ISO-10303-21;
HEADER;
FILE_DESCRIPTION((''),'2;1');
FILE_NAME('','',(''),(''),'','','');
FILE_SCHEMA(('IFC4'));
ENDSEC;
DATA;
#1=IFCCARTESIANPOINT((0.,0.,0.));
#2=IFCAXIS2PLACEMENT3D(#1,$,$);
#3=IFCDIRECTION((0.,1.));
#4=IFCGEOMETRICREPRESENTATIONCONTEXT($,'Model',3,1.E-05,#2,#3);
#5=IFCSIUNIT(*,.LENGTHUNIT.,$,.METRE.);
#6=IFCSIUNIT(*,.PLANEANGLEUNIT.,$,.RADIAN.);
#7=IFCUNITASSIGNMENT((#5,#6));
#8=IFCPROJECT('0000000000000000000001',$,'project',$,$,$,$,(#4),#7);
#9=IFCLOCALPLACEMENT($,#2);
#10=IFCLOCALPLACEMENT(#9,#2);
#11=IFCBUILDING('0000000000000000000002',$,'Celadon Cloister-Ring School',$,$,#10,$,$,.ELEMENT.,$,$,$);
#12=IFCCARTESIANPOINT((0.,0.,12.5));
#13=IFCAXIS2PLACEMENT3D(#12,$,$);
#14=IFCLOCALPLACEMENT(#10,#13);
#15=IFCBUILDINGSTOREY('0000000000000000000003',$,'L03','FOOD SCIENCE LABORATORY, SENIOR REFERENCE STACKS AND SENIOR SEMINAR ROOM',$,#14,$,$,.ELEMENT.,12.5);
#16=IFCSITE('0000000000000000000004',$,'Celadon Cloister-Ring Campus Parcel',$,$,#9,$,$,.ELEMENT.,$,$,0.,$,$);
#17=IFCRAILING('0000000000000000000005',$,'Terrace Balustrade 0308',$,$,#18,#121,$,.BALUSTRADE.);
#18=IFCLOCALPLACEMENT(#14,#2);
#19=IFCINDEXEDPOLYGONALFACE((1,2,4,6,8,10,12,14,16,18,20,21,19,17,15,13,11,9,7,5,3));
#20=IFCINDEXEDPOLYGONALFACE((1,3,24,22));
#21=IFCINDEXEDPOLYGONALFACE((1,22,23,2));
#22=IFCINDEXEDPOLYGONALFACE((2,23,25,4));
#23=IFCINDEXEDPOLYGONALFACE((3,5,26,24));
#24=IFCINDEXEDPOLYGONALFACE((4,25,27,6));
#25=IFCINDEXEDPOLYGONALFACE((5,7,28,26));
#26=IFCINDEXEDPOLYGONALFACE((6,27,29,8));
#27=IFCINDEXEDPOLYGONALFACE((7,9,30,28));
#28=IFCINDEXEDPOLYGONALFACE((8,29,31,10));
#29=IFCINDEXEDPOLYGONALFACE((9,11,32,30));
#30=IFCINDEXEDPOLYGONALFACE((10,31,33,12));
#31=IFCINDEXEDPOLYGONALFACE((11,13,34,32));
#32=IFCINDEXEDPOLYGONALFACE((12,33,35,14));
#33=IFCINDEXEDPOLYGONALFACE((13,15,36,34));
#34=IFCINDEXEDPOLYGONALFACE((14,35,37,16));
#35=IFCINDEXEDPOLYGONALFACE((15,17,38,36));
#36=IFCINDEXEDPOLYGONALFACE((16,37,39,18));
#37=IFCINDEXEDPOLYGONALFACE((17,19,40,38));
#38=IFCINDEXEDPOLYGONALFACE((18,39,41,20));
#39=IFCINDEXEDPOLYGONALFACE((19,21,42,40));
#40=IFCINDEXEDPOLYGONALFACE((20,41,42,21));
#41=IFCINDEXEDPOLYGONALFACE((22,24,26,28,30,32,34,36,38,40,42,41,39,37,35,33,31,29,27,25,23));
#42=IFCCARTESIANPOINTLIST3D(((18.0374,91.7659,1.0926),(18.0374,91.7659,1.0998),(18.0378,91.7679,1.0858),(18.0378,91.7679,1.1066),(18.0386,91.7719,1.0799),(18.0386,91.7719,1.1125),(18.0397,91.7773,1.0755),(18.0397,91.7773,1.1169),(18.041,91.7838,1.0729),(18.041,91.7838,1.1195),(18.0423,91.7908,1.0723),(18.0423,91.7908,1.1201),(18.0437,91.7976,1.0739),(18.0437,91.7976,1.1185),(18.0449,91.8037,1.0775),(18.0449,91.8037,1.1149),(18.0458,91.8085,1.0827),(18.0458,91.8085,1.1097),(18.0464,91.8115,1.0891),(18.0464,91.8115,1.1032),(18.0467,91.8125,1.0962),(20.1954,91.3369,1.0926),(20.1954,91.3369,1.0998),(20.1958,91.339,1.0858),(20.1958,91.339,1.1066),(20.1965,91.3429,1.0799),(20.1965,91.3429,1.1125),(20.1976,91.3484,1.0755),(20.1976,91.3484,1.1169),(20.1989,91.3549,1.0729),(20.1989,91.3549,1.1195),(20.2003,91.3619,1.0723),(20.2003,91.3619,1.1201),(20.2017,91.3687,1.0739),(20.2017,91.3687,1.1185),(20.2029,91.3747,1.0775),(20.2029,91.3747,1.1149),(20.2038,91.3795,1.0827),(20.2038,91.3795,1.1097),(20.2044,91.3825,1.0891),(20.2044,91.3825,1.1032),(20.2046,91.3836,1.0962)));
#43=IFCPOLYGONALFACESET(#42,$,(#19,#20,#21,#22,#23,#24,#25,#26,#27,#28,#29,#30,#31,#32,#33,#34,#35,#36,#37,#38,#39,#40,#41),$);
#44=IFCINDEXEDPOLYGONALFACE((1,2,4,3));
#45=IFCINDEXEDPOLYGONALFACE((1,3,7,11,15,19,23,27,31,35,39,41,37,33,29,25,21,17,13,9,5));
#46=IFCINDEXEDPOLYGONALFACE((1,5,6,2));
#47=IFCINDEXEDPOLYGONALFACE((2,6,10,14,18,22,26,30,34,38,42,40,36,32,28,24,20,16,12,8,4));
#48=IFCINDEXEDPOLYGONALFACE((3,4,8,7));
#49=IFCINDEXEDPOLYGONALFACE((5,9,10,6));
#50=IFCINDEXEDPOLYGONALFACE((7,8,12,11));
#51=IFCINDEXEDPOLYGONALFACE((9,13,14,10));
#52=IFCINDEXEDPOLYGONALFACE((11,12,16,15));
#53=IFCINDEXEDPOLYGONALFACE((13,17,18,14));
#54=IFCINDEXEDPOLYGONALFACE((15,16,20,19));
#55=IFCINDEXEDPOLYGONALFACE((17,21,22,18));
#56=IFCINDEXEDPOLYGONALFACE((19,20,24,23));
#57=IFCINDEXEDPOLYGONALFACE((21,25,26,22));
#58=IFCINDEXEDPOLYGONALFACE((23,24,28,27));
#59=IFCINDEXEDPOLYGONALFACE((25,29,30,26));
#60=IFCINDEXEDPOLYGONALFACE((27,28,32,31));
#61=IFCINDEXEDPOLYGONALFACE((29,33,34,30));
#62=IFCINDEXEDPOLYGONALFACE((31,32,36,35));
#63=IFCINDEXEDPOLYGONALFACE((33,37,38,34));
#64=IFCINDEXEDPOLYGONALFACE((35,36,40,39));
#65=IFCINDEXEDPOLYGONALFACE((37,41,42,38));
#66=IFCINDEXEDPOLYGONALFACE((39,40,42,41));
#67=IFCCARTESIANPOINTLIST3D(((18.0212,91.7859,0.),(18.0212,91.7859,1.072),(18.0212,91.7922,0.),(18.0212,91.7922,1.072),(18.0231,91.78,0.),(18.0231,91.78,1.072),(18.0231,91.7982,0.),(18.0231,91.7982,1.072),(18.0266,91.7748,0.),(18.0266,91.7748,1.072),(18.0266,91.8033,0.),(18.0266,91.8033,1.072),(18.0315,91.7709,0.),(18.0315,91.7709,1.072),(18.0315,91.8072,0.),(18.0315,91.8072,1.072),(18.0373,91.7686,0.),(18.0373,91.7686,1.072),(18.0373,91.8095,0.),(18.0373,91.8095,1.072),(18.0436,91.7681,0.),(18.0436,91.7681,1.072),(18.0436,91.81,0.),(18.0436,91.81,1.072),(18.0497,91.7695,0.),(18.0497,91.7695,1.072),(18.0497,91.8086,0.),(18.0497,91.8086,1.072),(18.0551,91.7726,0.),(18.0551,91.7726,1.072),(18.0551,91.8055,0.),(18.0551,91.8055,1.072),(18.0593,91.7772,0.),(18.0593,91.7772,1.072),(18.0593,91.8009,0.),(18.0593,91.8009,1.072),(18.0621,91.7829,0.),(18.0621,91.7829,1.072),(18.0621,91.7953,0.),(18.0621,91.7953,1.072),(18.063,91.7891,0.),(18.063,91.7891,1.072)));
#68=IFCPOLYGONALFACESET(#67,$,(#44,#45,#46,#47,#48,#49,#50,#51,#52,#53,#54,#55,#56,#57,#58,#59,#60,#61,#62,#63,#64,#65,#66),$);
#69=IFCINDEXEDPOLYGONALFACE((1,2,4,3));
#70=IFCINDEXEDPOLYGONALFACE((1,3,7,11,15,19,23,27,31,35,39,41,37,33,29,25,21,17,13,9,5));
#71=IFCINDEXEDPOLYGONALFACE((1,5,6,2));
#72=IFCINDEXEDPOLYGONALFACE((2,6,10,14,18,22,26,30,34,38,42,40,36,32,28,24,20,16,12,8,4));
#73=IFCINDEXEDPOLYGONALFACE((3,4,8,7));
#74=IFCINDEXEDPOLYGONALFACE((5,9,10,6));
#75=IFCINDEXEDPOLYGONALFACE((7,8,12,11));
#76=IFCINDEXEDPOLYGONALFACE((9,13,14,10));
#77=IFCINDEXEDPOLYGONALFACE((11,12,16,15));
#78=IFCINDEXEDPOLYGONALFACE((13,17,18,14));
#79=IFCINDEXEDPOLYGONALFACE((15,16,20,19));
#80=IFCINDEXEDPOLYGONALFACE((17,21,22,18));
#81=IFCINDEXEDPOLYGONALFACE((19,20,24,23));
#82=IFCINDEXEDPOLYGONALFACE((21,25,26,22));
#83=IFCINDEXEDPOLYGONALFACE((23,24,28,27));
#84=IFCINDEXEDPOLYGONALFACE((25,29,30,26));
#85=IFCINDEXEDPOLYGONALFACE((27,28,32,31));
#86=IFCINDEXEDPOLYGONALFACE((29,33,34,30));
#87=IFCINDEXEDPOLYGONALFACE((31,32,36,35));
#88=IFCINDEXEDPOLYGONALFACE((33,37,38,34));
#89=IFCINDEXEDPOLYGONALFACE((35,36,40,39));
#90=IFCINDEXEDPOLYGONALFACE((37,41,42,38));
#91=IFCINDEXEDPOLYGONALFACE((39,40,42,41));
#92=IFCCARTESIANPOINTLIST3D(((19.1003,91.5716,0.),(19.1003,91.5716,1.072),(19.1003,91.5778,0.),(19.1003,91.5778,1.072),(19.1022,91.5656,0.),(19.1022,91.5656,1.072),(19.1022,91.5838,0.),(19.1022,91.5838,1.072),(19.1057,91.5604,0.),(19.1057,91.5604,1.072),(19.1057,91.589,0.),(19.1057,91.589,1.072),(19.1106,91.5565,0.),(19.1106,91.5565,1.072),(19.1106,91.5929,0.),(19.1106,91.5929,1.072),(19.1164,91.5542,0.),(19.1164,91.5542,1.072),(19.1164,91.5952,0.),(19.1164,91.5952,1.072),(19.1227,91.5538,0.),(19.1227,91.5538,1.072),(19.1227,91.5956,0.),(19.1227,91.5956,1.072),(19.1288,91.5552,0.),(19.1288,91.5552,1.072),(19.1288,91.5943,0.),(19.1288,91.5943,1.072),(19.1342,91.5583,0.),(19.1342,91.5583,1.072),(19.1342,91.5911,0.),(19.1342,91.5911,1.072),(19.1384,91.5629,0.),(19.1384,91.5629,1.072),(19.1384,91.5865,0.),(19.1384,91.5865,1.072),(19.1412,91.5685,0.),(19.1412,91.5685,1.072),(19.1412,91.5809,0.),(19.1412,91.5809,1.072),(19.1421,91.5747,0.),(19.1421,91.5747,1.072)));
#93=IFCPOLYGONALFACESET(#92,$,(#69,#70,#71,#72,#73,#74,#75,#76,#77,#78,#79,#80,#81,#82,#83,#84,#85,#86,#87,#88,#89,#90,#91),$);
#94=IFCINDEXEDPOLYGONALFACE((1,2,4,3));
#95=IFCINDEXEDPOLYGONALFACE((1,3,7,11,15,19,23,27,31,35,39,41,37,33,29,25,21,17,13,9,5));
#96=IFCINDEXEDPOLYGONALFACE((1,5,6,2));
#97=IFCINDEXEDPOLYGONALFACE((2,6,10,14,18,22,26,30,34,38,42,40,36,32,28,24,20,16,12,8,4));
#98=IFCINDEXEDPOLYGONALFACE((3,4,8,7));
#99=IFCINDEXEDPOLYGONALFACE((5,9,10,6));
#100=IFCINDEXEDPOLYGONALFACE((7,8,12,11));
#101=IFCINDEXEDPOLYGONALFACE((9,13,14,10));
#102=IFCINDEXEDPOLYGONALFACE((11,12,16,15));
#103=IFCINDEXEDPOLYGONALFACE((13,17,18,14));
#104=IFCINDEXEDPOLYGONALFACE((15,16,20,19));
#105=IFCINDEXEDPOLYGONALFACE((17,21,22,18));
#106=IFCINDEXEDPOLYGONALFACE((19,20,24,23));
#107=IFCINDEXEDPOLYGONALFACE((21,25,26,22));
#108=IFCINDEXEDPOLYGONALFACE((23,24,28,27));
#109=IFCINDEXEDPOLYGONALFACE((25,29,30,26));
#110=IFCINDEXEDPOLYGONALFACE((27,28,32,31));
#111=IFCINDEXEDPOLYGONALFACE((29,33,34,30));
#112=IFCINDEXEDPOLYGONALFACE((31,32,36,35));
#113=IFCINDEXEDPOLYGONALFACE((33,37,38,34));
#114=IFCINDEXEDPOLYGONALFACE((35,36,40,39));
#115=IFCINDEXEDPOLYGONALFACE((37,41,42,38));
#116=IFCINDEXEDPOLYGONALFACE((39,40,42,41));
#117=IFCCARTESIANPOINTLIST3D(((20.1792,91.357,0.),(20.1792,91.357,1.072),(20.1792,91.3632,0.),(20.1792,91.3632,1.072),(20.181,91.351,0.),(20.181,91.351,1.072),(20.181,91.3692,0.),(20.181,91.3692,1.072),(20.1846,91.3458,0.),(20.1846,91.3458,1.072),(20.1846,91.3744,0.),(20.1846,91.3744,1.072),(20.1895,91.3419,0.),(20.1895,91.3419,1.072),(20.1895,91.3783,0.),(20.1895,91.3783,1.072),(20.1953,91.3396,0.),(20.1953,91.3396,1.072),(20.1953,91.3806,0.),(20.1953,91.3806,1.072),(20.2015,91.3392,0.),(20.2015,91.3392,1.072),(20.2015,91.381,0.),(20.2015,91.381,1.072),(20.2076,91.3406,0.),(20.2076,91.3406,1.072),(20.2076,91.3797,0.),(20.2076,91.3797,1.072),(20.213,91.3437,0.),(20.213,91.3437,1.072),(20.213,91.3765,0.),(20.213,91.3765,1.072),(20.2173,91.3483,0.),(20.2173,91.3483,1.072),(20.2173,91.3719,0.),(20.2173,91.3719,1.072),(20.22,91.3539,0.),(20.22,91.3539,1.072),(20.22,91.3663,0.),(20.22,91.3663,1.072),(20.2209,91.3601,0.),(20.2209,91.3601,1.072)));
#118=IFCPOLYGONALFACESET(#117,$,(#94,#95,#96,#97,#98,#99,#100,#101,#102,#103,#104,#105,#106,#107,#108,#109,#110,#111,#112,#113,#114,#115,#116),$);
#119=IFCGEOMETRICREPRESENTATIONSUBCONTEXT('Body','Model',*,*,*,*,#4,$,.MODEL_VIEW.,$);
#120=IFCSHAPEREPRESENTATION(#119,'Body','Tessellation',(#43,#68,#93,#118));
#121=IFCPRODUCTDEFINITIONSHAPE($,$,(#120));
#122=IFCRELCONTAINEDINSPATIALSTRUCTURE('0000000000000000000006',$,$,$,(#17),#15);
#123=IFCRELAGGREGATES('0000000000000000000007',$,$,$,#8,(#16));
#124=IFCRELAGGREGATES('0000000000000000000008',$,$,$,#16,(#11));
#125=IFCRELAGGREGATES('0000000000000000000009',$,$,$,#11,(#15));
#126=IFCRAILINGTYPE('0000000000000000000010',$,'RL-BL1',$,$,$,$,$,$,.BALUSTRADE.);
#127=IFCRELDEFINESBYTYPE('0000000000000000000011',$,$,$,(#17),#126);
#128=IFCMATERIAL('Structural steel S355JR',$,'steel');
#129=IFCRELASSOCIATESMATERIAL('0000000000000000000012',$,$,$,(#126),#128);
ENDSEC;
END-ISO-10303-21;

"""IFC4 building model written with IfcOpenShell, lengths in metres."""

from ifc_helpers import new_model, si_unit, direction, frame, origin, origin_2d, place, context, subcontext, project, spatial, circle, extrude, material, type_object, element, save


model = new_model("IFC4")

# Units and contexts
model_context = context("Model", 3, precision=1e-05, world=origin(), true_north=direction((0.0, 1.0)))
body_context = subcontext(model_context, "Body", "Model", "MODEL_VIEW")
ifc_project = project(units=[si_unit("LENGTHUNIT", "METRE"), si_unit("PLANEANGLEUNIT", "RADIAN")], contexts=[model_context])

# Site, building, storey
site_placement = place(None, origin())
site = spatial("IfcSite", under=ifc_project, at=site_placement, Name="Celadon Cloister-Ring Campus Parcel", CompositionType="ELEMENT", RefElevation=0.0)
building_placement = place(site_placement, origin())
building = spatial("IfcBuilding", under=site, at=building_placement, Name="Celadon Cloister-Ring School", CompositionType="ELEMENT")
storey_placement = place(building_placement, frame((0.0, 0.0, 12.5)))
storey = spatial("IfcBuildingStorey", under=building, at=storey_placement, Name="L03", Description="FOOD SCIENCE LABORATORY, SENIOR REFERENCE STACKS AND SENIOR SEMINAR ROOM", CompositionType="ELEMENT", Elevation=12.5)

# Railing
ifc_material_1 = material(Name="Structural steel S355JR", Category="steel")
railing_type = type_object("IfcRailingType", Name="RL-BL1", PredefinedType="BALUSTRADE", material=ifc_material_1)
railing_1_placement = place(storey_placement, frame((18.042, 91.7891, 0.0)))
element("IfcRailing", 1, at=railing_1_placement, inside=storey, type_object=railing_type, Name="Terrace Balustrade 0308", PredefinedType="BALUSTRADE", context=body_context, shape_type="SweptSolid", body=[
    extrude(circle(Radius=0.0239, at=origin_2d()), frame((0.0, 0.0, 1.0962), z_axis=(0.98081, -0.194964, 0.0), x_axis=(0.194964, 0.98081, 0.0)), (0.0, 0.0, 1.0), 2.2002),
    extrude(circle(Radius=0.021, at=origin_2d()), origin(), (0.0, 0.0, 1.0), 1.072),
    extrude(circle(Radius=0.021, at=origin_2d()), frame((1.0791, -0.2144, 0.0)), (0.0, 0.0, 1.0), 1.072),
    extrude(circle(Radius=0.021, at=origin_2d()), frame((2.158, -0.429, 0.0)), (0.0, 0.0, 1.0), 1.072),
])

save(model, "model.ifc")
